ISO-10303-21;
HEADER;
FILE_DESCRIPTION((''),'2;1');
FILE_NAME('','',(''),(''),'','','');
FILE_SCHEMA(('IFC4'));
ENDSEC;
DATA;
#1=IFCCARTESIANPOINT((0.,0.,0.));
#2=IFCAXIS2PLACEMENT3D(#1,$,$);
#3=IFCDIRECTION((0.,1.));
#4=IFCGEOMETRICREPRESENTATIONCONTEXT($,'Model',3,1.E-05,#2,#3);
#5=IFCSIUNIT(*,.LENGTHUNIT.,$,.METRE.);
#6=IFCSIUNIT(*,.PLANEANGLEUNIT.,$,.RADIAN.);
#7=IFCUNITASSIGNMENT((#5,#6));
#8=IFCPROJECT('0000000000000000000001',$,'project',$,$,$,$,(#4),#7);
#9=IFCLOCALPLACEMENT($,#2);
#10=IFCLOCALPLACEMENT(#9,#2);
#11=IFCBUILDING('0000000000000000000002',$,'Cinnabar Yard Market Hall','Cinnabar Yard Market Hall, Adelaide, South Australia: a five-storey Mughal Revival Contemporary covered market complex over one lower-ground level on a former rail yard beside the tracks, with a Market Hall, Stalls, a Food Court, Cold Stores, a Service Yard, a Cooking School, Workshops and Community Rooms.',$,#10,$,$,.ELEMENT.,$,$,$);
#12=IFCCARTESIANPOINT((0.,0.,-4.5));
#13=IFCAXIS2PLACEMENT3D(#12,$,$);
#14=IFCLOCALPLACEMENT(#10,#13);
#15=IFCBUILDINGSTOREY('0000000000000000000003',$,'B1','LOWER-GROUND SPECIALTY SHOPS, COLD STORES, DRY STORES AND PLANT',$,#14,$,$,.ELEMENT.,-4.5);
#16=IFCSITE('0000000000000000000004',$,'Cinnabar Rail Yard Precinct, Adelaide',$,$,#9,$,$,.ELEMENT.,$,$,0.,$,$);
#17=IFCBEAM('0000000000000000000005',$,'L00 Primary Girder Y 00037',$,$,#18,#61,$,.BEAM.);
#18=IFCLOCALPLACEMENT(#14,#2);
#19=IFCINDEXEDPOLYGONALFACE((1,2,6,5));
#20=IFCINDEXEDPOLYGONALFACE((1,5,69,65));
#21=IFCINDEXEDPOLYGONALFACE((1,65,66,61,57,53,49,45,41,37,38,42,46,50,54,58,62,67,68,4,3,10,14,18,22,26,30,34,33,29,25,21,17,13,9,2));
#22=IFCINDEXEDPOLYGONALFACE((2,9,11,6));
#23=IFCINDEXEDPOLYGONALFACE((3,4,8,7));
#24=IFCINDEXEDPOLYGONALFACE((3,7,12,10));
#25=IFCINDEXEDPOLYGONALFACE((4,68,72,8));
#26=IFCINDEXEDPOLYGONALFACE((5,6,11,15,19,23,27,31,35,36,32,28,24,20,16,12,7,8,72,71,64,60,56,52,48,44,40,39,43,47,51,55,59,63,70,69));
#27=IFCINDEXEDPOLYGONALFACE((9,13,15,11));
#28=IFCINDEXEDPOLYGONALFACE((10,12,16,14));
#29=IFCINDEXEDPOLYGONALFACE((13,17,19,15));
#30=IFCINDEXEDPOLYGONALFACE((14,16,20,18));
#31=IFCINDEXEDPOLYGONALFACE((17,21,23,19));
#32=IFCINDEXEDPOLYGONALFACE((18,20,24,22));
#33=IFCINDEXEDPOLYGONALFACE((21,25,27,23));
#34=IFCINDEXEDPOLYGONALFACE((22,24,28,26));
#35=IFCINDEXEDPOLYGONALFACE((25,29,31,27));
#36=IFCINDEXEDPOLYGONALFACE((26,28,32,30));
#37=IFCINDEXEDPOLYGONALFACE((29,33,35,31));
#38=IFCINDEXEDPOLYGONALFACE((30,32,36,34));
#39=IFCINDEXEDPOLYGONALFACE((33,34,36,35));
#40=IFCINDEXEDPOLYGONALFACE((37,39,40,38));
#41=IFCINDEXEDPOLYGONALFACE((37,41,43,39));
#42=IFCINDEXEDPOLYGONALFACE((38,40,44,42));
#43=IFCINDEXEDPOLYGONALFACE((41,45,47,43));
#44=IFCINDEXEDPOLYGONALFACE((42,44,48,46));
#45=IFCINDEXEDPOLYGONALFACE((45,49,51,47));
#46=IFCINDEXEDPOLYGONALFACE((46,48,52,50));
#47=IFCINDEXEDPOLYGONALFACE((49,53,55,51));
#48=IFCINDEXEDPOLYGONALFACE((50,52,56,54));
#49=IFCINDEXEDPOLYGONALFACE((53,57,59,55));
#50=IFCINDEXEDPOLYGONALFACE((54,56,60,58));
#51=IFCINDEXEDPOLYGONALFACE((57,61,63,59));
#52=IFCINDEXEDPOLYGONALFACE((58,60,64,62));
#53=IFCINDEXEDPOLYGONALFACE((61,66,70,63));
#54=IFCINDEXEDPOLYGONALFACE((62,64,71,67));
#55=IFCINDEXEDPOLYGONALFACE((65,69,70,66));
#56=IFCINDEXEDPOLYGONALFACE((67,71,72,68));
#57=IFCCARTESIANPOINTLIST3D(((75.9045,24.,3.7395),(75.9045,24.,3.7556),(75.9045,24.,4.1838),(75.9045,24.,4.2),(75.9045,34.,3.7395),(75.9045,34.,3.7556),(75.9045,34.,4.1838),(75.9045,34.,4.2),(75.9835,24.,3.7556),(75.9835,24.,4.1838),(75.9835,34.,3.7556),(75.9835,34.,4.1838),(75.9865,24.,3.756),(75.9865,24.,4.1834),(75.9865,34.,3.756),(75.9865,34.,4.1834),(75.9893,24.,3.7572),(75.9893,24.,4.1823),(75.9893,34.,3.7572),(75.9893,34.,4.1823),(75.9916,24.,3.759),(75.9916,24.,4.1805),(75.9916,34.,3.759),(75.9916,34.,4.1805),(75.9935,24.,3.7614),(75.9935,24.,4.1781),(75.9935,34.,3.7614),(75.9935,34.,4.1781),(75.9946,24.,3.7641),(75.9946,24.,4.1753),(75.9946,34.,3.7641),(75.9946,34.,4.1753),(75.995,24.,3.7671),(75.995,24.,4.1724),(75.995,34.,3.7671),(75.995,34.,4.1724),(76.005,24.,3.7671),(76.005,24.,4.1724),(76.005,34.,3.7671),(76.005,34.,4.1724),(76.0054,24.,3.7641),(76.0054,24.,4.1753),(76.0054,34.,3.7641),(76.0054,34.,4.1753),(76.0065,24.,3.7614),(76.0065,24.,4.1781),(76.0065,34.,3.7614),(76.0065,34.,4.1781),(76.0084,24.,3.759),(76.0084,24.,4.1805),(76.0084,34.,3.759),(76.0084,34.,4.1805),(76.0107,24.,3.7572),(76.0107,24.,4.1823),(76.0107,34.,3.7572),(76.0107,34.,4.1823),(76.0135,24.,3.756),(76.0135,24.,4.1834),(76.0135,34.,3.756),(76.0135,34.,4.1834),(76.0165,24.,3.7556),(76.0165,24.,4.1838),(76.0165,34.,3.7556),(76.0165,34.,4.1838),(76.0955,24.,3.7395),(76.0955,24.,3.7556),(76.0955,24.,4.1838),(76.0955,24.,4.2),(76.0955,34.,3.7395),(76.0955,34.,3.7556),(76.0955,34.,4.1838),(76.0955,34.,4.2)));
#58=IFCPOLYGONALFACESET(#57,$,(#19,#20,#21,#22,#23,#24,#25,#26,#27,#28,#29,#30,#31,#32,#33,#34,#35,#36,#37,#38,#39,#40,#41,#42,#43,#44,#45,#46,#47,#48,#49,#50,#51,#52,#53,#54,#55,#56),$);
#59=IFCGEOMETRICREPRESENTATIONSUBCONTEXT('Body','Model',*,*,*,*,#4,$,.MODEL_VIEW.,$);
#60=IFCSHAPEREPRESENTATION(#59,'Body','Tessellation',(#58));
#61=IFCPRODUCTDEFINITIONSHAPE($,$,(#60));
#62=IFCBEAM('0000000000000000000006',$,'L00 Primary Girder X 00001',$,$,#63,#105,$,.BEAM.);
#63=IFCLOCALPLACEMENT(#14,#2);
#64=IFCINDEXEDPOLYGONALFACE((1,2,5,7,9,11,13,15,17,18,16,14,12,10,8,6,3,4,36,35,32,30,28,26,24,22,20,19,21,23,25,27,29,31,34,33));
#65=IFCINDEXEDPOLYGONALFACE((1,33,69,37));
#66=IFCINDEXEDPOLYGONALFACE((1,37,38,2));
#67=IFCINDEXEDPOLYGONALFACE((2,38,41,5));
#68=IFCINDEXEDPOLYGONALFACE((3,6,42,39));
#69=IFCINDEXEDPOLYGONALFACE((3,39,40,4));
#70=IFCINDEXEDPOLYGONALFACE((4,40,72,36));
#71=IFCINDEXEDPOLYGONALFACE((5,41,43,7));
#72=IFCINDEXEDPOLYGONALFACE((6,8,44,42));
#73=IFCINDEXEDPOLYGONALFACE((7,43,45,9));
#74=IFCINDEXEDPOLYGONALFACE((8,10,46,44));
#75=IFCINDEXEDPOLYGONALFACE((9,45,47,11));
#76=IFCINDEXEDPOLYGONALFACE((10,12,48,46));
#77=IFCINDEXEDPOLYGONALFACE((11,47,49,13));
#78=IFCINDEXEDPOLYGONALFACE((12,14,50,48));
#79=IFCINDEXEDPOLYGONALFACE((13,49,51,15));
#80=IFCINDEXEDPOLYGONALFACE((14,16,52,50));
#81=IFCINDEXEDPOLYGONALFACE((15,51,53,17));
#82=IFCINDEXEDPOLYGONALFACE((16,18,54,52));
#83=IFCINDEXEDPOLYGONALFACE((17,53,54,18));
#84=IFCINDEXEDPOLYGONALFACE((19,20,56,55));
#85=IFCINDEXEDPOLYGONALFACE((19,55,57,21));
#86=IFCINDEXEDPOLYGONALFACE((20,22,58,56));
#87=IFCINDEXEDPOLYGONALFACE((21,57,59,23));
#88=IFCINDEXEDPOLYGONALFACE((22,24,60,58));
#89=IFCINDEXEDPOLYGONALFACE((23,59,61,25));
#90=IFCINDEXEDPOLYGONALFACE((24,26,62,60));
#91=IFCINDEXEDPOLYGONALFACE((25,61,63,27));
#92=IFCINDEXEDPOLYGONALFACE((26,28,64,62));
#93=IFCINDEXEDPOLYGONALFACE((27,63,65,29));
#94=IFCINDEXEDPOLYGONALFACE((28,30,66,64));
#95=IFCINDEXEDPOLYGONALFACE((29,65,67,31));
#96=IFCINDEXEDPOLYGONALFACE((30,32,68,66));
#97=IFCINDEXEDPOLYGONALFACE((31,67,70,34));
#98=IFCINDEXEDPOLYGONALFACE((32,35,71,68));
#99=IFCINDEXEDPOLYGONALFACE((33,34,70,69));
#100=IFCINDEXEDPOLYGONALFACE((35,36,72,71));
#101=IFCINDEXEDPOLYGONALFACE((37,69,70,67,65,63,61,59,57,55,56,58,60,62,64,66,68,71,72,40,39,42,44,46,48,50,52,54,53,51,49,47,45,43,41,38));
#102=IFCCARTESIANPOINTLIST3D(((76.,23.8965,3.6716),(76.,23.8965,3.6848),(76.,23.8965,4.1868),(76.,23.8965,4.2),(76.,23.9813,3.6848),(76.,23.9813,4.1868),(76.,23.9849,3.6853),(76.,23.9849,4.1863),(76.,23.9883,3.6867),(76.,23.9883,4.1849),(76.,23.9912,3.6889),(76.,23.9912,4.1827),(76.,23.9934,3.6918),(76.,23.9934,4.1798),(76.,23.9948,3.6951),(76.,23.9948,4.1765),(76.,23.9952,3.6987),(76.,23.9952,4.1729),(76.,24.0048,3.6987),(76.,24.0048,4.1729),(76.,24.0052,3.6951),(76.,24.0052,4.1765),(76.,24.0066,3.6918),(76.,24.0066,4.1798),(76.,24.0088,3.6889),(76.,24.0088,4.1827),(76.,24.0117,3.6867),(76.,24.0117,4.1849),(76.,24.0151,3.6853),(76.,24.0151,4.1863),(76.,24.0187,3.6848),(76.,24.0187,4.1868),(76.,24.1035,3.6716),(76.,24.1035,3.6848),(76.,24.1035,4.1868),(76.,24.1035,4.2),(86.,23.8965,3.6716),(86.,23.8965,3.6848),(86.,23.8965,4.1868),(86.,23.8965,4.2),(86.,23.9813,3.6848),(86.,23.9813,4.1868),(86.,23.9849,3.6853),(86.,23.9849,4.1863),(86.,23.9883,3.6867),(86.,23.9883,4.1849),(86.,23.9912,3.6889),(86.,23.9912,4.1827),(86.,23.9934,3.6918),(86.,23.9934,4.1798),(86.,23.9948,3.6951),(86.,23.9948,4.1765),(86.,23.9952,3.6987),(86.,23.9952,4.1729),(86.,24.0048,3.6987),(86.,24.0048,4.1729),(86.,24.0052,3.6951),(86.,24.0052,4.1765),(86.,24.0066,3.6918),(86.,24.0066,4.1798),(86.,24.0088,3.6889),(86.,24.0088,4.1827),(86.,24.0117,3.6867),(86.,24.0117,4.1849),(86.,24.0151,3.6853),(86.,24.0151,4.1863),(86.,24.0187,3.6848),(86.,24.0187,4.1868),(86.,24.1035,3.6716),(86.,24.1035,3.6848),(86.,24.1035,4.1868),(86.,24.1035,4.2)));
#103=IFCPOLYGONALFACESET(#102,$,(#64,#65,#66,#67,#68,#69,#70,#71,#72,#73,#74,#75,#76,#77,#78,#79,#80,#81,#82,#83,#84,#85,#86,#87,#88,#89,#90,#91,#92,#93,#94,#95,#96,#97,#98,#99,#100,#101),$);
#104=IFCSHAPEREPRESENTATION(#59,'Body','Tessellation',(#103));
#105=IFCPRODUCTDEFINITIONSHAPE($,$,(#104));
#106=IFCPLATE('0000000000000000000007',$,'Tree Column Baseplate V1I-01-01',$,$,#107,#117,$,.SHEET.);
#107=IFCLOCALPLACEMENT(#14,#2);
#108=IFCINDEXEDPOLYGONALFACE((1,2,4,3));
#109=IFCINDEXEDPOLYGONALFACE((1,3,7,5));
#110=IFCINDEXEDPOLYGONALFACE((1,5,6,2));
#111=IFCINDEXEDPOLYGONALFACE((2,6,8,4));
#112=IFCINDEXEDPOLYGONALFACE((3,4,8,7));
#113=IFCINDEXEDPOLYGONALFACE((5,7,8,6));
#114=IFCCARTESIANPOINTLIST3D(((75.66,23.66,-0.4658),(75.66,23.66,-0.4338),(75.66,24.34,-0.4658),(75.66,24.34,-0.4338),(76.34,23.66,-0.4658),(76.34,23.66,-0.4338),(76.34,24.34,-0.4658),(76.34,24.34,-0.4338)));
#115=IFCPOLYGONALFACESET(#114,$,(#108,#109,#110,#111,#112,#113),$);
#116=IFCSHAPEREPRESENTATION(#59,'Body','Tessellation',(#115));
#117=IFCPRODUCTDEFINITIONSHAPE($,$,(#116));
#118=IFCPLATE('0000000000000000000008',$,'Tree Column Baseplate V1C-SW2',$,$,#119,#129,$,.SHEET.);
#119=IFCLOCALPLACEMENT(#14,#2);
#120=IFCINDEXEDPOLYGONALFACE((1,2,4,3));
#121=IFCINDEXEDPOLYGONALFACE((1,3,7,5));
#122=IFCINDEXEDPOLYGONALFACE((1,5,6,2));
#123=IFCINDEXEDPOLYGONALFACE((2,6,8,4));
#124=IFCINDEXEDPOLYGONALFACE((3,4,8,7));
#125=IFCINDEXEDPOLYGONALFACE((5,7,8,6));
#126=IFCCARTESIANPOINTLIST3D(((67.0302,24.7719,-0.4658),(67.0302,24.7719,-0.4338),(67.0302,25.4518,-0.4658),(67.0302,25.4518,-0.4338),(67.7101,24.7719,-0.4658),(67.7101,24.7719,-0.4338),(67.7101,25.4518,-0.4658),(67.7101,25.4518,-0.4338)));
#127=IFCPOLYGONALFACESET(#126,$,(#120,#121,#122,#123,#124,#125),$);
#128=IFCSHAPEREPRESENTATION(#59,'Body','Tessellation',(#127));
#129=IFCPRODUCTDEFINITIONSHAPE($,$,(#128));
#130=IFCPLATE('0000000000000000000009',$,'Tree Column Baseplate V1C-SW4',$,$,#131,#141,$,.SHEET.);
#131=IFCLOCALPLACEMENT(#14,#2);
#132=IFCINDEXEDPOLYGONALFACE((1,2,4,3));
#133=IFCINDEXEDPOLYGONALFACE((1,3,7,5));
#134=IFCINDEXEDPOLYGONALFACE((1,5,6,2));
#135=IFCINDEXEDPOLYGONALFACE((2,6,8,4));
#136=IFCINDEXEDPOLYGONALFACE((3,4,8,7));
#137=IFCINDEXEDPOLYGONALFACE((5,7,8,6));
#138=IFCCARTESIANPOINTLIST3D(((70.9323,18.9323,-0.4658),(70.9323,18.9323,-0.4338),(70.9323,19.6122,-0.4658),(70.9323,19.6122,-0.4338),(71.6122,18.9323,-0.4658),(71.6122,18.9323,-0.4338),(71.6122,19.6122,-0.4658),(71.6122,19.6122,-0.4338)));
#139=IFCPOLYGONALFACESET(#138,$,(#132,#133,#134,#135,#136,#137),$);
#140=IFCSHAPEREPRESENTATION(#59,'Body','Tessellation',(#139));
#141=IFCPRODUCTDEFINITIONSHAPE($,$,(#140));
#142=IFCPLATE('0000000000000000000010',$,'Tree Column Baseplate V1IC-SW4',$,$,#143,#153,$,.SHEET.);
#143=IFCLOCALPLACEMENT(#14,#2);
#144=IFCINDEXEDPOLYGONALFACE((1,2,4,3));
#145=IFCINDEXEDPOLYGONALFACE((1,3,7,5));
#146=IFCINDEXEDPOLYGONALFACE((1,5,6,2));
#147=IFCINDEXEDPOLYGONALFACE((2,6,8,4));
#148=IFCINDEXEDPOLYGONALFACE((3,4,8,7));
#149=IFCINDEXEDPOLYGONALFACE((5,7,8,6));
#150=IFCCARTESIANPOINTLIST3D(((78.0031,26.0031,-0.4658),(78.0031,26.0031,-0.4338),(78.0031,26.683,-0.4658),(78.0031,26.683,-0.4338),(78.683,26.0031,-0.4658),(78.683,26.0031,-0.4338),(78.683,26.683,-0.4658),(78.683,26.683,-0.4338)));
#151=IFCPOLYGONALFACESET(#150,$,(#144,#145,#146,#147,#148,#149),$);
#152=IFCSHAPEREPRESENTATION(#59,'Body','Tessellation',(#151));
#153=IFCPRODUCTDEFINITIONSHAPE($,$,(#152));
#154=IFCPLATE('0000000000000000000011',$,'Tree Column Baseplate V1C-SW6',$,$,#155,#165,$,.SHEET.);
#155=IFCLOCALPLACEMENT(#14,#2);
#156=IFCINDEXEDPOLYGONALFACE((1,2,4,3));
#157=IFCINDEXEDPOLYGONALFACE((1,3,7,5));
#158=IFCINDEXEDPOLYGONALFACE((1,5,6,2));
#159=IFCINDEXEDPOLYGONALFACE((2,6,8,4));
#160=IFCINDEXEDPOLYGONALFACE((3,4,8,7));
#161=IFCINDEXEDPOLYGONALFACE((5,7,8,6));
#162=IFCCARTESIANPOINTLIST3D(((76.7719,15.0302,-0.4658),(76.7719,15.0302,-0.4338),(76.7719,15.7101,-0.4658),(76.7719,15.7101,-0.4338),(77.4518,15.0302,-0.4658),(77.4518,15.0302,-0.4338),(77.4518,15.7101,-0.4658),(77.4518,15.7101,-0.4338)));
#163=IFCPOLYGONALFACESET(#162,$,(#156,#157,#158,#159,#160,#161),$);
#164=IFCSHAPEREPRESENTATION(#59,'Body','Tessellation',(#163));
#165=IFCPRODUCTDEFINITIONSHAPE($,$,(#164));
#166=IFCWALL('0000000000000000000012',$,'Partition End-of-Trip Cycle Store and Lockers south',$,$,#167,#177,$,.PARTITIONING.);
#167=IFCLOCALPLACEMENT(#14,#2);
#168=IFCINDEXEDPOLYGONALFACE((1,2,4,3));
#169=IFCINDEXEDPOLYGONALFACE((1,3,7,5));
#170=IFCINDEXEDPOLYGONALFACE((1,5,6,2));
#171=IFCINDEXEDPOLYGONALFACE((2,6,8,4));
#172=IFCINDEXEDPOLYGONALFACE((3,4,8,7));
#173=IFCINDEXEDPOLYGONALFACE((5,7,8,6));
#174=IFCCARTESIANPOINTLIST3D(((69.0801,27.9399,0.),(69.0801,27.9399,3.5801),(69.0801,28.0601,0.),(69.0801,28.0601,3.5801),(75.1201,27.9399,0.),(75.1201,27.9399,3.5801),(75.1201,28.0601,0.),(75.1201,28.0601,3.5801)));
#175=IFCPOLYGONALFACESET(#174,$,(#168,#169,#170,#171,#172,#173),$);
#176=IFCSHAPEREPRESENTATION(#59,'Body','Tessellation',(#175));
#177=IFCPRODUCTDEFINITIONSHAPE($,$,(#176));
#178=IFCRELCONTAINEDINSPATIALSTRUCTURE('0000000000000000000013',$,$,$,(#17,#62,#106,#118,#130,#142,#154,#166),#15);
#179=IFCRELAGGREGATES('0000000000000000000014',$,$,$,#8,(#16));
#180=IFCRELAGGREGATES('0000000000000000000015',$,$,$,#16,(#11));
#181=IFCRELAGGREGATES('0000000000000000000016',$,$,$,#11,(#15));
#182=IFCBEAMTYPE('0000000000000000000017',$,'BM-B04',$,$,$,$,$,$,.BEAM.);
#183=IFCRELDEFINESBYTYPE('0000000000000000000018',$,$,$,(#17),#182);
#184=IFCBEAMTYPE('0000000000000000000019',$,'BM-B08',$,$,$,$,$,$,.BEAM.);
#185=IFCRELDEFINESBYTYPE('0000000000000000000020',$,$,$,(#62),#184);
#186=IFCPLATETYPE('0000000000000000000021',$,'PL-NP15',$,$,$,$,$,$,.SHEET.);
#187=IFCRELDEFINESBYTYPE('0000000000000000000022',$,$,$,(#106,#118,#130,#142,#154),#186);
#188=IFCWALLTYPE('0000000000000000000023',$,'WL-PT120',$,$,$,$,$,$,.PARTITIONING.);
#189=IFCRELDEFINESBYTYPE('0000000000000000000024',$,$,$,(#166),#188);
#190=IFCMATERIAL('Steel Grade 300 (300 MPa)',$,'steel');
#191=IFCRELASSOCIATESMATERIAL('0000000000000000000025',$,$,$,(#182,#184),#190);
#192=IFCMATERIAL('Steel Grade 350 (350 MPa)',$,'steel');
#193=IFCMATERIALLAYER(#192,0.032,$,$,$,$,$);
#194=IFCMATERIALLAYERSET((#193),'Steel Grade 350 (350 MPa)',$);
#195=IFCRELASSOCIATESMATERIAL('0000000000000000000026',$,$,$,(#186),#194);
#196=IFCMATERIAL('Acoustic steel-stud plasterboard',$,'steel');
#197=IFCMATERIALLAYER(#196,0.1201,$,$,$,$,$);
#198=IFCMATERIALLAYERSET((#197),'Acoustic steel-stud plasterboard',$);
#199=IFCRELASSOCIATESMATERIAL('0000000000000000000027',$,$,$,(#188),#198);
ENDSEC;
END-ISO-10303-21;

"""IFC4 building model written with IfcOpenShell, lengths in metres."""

from ifc_helpers import new_model, si_unit, direction, frame, frame_2d, origin, origin_2d_with_axis, place, context, subcontext, project, spatial, rectangle, i_section, extrude, material, layer, layer_set, material_profile, profile_set, type_object, element, save


model = new_model("IFC4")

# Units and contexts
model_context = context("Model", 3, precision=1e-05, world=origin(), true_north=direction((0.0, 1.0)))
body_context = subcontext(model_context, "Body", "Model", "MODEL_VIEW")
ifc_project = project(units=[si_unit("LENGTHUNIT", "METRE"), si_unit("PLANEANGLEUNIT", "RADIAN")], contexts=[model_context])

# Site, building, storey
site_placement = place(None, origin())
site = spatial("IfcSite", under=ifc_project, at=site_placement, Name="Cinnabar Rail Yard Precinct, Adelaide", CompositionType="ELEMENT", RefElevation=0.0)
building_placement = place(site_placement, origin())
building = spatial("IfcBuilding", under=site, at=building_placement, Name="Cinnabar Yard Market Hall", Description="Cinnabar Yard Market Hall, Adelaide, South Australia: a five-storey Mughal Revival Contemporary covered market complex over one lower-ground level on a former rail yard beside the tracks, with a Market Hall, Stalls, a Food Court, Cold Stores, a Service Yard, a Cooking School, Workshops and Community Rooms.", CompositionType="ELEMENT")
storey_placement = place(building_placement, frame((0.0, 0.0, -4.5)))
storey = spatial("IfcBuildingStorey", under=building, at=storey_placement, Name="B1", Description="LOWER-GROUND SPECIALTY SHOPS, COLD STORES, DRY STORES AND PLANT", CompositionType="ELEMENT", Elevation=-4.5)

# Beams
ifc_material_1 = material(Name="Steel Grade 300 (300 MPa)", Category="steel")
ifc_material_profile_1 = material_profile(ifc_material_1, i_section(OverallWidth=0.1909, OverallDepth=0.4604, WebThickness=0.01, FlangeThickness=0.0161, FilletRadius=0.0115, at=origin_2d_with_axis()), Name="460UB82.1")
ifc_profile_set_1 = profile_set([ifc_material_profile_1], Name="Steel Grade 300 (300 MPa)")
beam_type_1 = type_object("IfcBeamType", Name="BM-B04", PredefinedType="BEAM", material=ifc_profile_set_1)
beam_1_placement = place(storey_placement, frame((76.0, 24.0, 3.9697), z_axis=(0.0, 1.0, 0.0), x_axis=(-1.0, 0.0, 0.0)))
element("IfcBeam", 1, at=beam_1_placement, inside=storey, type_object=beam_type_1, Name="L00 Primary Girder Y 00037", PredefinedType="BEAM", context=body_context, shape_type="SweptSolid", body=[
    extrude(i_section(OverallWidth=0.1909, OverallDepth=0.4604, WebThickness=0.01, FlangeThickness=0.0161, FilletRadius=0.0115, at=origin_2d_with_axis()), origin(), (0.0, 0.0, 1.0), 10.0),
])
ifc_material_profile_2 = material_profile(ifc_material_1, i_section(OverallWidth=0.207, OverallDepth=0.5283, WebThickness=0.0095, FlangeThickness=0.0132, FilletRadius=0.0139, at=origin_2d_with_axis()), Name="530UB82.0")
ifc_profile_set_2 = profile_set([ifc_material_profile_2], Name="Steel Grade 300 (300 MPa)")
beam_type_2 = type_object("IfcBeamType", Name="BM-B08", PredefinedType="BEAM", material=ifc_profile_set_2)
beam_2_placement = place(storey_placement, frame((76.0, 24.0, 3.9358), z_axis=(1.0, 0.0, 0.0), x_axis=(0.0, 1.0, 0.0)))
element("IfcBeam", 2, at=beam_2_placement, inside=storey, type_object=beam_type_2, Name="L00 Primary Girder X 00001", PredefinedType="BEAM", context=body_context, shape_type="SweptSolid", body=[
    extrude(i_section(OverallWidth=0.207, OverallDepth=0.5283, WebThickness=0.0095, FlangeThickness=0.0132, FilletRadius=0.0139, at=origin_2d_with_axis()), origin(), (0.0, 0.0, 1.0), 10.0),
])

# Plates
ifc_material_2 = material(Name="Steel Grade 350 (350 MPa)", Category="steel")
ifc_layer_1 = layer(ifc_material_2, 0.032)
ifc_layer_set_1 = layer_set([ifc_layer_1], Name="Steel Grade 350 (350 MPa)")
plate_type = type_object("IfcPlateType", Name="PL-NP15", PredefinedType="SHEET", material=ifc_layer_set_1)
for number, where, z_axis, x_axis, name in (
    (3, (76.0, 24.0, -0.4658), (0.0, 0.0, 1.0), (1.0, 0.0, 0.0), "Tree Column Baseplate V1I-01-01"),
    (4, (67.3701, 25.1118, -0.4658), (0.0, 0.0, 1.0), (1.0, 0.0, 0.0), "Tree Column Baseplate V1C-SW2"),
    (5, (71.2722, 19.2722, -0.4658), (0.0, 0.0, 1.0), (1.0, 0.0, 0.0), "Tree Column Baseplate V1C-SW4"),
    (6, (78.343, 26.343, -0.4658), (0.0, 0.0, 1.0), (1.0, 0.0, 0.0), "Tree Column Baseplate V1IC-SW4"),
    (7, (77.1118, 15.3701, -0.4658), (0.0, 0.0, 1.0), (1.0, 0.0, 0.0), "Tree Column Baseplate V1C-SW6"),
):
    element("IfcPlate", number, at=place(storey_placement, frame(where, z_axis=z_axis, x_axis=x_axis)), inside=storey, type_object=plate_type, Name=name, PredefinedType="SHEET", context=body_context, shape_type="SweptSolid", body=[
        extrude(rectangle(XDim=0.6799, YDim=0.6799, at=origin_2d_with_axis()), origin(), (0.0, 0.0, 1.0), 0.032),
    ])

# Wall
ifc_material_3 = material(Name="Acoustic steel-stud plasterboard", Category="steel")
ifc_layer_2 = layer(ifc_material_3, 0.1201)
ifc_layer_set_2 = layer_set([ifc_layer_2], Name="Acoustic steel-stud plasterboard")
wall_type = type_object("IfcWallType", Name="WL-PT120", PredefinedType="PARTITIONING", material=ifc_layer_set_2)
wall_1_placement = place(storey_placement, frame((69.0801, 28.0, 0.0), z_axis=(0.0, 0.0, 1.0), x_axis=(1.0, 0.0, 0.0)))
element("IfcWall", 8, at=wall_1_placement, inside=storey, type_object=wall_type, Name="Partition End-of-Trip Cycle Store and Lockers south", PredefinedType="PARTITIONING", context=body_context, shape_type="SweptSolid", body=[
    extrude(rectangle(XDim=6.04, YDim=0.1201, at=frame_2d((3.02, 0.0), x_axis=(1.0, 0.0))), origin(), (0.0, 0.0, 1.0), 3.5801),
])

save(model, "model.ifc")
